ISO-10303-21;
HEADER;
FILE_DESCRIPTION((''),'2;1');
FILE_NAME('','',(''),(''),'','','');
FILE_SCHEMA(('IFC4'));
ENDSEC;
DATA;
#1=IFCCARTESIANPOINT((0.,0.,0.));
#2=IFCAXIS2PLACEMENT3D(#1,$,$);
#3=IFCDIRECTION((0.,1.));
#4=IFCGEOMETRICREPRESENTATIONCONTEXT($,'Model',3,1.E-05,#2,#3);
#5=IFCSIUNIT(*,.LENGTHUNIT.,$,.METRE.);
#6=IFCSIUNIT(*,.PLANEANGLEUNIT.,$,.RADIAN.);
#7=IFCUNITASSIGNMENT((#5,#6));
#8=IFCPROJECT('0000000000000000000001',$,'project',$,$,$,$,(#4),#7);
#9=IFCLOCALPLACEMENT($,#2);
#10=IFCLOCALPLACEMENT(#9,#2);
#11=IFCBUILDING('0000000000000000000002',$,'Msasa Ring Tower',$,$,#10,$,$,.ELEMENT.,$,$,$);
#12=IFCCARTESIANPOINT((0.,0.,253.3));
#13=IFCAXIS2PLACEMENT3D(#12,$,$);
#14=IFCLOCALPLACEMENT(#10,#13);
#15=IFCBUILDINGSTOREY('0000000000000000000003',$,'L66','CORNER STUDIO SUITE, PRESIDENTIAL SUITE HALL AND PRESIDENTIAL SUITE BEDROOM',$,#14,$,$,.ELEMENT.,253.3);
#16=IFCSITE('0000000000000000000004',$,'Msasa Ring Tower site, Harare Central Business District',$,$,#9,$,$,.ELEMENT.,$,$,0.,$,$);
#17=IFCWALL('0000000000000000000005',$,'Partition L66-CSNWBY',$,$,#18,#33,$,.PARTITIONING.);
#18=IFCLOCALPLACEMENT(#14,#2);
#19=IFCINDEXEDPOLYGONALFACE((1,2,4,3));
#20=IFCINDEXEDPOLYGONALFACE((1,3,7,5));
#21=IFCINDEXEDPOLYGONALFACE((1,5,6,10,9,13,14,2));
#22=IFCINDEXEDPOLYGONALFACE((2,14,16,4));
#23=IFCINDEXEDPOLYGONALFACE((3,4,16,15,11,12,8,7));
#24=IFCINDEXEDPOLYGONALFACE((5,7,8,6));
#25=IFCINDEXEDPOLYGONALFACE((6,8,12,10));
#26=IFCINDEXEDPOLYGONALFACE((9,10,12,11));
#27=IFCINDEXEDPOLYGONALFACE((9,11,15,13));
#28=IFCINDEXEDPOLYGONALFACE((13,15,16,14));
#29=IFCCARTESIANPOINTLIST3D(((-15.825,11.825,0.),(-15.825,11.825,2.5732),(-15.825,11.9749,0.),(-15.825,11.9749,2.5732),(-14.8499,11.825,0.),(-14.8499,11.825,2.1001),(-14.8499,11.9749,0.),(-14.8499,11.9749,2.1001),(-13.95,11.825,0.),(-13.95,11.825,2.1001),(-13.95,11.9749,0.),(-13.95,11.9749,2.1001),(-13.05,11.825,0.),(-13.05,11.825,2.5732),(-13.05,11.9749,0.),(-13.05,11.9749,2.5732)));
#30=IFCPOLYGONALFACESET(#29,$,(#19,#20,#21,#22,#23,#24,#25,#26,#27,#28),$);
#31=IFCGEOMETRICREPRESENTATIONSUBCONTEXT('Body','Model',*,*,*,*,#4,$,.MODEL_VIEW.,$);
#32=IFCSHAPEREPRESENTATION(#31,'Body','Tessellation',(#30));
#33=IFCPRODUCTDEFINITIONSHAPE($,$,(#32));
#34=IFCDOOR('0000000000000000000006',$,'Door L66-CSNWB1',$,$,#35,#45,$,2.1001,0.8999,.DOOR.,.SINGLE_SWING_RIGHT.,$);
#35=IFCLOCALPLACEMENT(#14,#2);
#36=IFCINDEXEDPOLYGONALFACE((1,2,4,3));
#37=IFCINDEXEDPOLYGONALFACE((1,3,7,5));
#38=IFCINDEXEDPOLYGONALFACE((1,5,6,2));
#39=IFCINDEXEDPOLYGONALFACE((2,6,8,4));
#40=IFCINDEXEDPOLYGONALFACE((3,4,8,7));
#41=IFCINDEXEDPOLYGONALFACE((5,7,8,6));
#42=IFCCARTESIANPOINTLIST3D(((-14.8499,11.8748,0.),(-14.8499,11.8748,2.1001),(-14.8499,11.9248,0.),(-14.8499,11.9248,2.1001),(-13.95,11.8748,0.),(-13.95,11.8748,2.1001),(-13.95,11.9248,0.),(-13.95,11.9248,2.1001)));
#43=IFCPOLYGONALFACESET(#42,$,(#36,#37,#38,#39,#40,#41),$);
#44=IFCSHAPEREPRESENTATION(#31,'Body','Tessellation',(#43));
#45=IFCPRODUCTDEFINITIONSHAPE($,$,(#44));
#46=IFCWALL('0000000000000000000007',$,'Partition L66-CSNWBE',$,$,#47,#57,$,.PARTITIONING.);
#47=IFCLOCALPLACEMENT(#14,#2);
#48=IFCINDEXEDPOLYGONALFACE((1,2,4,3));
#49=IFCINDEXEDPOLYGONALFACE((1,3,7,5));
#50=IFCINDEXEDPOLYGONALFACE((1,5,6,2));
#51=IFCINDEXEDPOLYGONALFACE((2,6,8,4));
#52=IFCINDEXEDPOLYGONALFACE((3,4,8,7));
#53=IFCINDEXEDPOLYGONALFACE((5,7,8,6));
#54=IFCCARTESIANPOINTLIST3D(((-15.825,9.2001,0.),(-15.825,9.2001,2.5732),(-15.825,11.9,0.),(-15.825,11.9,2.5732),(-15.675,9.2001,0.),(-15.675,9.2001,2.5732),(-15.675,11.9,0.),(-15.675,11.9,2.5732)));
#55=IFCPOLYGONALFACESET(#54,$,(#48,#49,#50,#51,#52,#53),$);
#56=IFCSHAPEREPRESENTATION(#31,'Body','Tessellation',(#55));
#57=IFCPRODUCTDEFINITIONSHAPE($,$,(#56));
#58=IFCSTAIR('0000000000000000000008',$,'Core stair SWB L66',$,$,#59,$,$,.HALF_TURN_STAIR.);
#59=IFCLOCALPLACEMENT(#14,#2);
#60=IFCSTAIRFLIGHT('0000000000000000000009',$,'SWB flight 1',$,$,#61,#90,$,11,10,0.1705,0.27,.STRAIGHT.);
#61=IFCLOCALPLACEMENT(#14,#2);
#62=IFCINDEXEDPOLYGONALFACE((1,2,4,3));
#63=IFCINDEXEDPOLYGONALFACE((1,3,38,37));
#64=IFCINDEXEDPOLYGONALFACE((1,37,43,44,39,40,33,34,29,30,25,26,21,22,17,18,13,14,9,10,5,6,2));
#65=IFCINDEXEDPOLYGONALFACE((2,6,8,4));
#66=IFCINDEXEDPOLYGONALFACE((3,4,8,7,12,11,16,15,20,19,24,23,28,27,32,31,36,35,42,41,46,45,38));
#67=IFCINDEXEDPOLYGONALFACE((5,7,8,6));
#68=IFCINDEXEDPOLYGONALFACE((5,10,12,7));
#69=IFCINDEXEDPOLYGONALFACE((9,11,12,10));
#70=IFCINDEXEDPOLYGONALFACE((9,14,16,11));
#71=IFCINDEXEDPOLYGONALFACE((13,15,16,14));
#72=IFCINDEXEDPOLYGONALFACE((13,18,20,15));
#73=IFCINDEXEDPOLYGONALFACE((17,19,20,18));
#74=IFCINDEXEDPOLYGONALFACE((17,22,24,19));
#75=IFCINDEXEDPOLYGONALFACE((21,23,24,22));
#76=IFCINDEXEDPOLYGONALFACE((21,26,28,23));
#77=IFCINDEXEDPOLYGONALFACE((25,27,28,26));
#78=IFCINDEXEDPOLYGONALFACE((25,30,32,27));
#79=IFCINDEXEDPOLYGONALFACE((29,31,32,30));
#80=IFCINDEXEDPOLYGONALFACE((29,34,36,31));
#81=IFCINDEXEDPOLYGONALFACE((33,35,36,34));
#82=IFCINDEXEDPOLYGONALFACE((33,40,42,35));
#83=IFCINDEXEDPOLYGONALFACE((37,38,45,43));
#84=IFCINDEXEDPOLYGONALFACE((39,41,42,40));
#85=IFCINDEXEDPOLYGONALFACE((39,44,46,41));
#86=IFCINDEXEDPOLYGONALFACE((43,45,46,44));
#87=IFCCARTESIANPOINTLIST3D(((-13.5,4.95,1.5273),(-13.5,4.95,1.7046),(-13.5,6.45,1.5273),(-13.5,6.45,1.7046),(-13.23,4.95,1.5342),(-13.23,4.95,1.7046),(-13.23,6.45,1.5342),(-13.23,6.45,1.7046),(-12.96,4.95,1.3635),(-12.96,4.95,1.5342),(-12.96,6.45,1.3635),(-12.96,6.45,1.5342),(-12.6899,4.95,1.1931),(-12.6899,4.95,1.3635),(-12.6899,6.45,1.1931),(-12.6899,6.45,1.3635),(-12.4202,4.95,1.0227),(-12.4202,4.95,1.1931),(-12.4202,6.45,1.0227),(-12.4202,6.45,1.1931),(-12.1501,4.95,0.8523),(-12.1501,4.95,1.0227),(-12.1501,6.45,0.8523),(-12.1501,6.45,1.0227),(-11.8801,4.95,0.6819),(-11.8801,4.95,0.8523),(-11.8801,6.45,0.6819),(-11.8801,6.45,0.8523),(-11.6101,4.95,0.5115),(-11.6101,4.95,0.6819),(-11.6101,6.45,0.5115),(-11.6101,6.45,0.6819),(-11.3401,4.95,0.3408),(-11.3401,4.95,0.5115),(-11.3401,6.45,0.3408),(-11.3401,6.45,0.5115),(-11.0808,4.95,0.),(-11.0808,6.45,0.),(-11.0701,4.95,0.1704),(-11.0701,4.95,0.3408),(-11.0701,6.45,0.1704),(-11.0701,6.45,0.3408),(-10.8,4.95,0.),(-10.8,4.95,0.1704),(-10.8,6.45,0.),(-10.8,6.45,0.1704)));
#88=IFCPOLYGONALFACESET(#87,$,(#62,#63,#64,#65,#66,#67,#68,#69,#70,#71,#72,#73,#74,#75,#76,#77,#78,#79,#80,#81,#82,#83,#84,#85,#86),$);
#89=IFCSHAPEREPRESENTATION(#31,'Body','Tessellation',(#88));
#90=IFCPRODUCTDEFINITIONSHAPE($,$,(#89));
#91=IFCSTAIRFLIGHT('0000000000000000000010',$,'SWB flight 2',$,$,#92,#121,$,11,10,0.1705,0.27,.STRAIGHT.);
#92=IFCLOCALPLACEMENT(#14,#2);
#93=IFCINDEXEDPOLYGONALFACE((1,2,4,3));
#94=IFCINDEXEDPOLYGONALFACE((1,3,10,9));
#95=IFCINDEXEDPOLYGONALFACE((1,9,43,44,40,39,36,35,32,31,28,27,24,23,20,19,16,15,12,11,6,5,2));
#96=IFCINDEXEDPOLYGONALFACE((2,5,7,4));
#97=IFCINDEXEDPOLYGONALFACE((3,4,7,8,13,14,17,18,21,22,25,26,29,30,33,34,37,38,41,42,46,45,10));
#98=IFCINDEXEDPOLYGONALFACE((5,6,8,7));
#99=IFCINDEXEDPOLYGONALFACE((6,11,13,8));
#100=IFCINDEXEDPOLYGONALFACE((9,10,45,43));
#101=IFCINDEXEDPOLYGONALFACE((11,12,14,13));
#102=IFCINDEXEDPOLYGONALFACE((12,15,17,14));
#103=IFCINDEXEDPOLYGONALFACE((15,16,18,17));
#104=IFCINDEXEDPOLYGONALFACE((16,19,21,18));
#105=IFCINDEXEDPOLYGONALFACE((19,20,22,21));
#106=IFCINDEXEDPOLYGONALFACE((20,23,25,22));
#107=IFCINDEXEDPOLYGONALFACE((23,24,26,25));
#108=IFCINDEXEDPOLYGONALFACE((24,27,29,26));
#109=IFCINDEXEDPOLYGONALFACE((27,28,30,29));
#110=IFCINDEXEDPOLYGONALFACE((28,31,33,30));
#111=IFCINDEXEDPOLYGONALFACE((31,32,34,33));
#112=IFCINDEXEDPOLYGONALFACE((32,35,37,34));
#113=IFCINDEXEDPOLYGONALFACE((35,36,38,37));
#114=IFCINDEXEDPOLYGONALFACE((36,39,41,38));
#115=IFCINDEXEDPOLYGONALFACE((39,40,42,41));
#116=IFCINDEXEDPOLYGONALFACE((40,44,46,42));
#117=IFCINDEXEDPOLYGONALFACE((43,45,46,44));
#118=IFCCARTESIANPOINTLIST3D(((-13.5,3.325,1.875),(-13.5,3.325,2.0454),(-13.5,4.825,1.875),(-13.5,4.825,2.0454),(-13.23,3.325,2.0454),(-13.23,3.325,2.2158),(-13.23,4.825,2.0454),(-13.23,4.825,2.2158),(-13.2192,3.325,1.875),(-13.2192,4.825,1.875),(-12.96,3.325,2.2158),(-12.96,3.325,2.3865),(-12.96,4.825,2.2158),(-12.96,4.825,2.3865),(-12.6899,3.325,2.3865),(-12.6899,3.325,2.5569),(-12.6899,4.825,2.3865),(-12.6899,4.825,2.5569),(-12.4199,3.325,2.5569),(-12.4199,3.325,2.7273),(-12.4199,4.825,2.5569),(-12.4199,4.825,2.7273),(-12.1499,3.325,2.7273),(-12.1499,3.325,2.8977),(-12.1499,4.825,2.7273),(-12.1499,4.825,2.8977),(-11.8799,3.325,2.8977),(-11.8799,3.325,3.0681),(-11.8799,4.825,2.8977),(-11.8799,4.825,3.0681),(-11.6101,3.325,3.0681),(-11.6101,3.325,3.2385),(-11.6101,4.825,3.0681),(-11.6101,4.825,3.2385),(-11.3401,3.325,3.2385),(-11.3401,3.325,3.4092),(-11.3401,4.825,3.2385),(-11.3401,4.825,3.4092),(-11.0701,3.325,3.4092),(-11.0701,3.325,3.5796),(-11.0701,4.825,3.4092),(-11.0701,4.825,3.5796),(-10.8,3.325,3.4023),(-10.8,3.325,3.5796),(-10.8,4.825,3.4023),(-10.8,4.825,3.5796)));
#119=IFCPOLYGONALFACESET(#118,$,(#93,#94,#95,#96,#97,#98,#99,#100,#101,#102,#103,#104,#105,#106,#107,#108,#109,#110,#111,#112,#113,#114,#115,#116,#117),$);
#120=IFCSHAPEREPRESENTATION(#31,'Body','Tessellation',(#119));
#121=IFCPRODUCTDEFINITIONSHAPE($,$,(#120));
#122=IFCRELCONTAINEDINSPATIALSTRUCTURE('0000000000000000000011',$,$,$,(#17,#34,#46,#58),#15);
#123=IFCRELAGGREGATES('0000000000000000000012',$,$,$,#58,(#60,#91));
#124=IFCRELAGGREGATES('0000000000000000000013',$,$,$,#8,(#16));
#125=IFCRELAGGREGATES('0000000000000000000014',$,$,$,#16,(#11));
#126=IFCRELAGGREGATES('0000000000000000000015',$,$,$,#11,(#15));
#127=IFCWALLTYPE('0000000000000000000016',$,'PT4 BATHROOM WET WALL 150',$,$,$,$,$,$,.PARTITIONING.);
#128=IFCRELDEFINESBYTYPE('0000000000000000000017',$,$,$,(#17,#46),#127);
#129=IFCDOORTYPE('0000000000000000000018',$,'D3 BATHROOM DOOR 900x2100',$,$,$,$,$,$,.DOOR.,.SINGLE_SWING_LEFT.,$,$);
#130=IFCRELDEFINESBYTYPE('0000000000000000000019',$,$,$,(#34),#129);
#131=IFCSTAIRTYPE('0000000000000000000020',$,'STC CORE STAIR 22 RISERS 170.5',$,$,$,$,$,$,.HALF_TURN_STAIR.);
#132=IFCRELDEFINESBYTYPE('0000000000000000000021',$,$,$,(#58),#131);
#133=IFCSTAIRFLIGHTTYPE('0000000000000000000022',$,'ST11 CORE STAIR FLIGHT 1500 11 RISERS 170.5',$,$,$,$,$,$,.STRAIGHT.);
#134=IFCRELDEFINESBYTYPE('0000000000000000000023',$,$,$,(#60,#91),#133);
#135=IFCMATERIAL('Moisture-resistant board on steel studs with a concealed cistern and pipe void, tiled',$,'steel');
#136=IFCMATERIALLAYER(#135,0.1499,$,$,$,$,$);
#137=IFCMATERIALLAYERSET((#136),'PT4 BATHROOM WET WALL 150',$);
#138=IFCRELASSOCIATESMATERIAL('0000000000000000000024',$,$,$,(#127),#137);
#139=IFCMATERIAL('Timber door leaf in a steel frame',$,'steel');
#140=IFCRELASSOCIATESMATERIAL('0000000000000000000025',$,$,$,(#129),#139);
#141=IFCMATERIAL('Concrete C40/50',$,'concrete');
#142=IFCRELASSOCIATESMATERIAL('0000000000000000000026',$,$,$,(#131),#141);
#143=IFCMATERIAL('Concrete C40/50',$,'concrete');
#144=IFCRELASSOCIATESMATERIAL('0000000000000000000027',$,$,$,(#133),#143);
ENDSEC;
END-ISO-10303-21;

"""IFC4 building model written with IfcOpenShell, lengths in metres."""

from ifc_helpers import new_model, si_unit, direction, frame, frame_2d, origin, place, context, subcontext, project, spatial, polyline, rectangle, outline, extrude, material, layer, layer_set, type_object, element, fill, aggregate, save


model = new_model("IFC4")

# Units and contexts
model_context = context("Model", 3, precision=1e-05, world=origin(), true_north=direction((0.0, 1.0)))
body_context = subcontext(model_context, "Body", "Model", "MODEL_VIEW")
ifc_project = project(units=[si_unit("LENGTHUNIT", "METRE"), si_unit("PLANEANGLEUNIT", "RADIAN")], contexts=[model_context])

# Site, building, storey
site_placement = place(None, origin())
site = spatial("IfcSite", under=ifc_project, at=site_placement, Name="Msasa Ring Tower site, Harare Central Business District", CompositionType="ELEMENT", RefElevation=0.0)
building_placement = place(site_placement, origin())
building = spatial("IfcBuilding", under=site, at=building_placement, Name="Msasa Ring Tower", CompositionType="ELEMENT")
storey_placement = place(building_placement, frame((0.0, 0.0, 253.3)))
storey = spatial("IfcBuildingStorey", under=building, at=storey_placement, Name="L66", Description="CORNER STUDIO SUITE, PRESIDENTIAL SUITE HALL AND PRESIDENTIAL SUITE BEDROOM", CompositionType="ELEMENT", Elevation=253.3)

# Shared definitions
ifc_material_1 = material(Name="Moisture-resistant board on steel studs with a concealed cistern and pipe void, tiled", Category="steel")
ifc_layer_1 = layer(ifc_material_1, 0.1499)
ifc_layer_set_1 = layer_set([ifc_layer_1], Name="PT4 BATHROOM WET WALL 150")
wall_type_1 = type_object("IfcWallType", Name="PT4 BATHROOM WET WALL 150", PredefinedType="PARTITIONING", material=ifc_layer_set_1)

# Wall, opening, door
wall_1_placement = place(storey_placement, frame((-15.825, 11.8999, 0.0), z_axis=(0.0, 0.0, 1.0), x_axis=(1.0, 0.0, 0.0)))
wall_1 = element("IfcWall", 1, at=wall_1_placement, inside=storey, type_object=wall_type_1, Name="Partition L66-CSNWBY", PredefinedType="PARTITIONING", context=body_context, shape_type="SweptSolid", body=[
    extrude(rectangle(XDim=2.7749, YDim=0.1499, at=frame_2d((1.3875, 0.0))), origin(), (0.0, 0.0, 1.0), 2.5732),
])
opening_1_placement = place(wall_1_placement, frame((0.9751, 0.0, 0.0)))
opening_1 = element("IfcOpeningElement", 2, at=opening_1_placement, cuts=wall_1, PredefinedType="OPENING", context=body_context, shape_type="SweptSolid", body=[
    extrude(rectangle(XDim=0.8999, YDim=2.1001, at=frame_2d((0.45, 1.05))), frame((0.0, 0.085, 0.0), z_axis=(0.0, -1.0, 0.0), x_axis=(1.0, 0.0, 0.0)), (0.0, 0.0, 1.0), 0.1699),
])
ifc_material_2 = material(Name="Timber door leaf in a steel frame", Category="steel")
door_type_1 = type_object("IfcDoorType", Name="D3 BATHROOM DOOR 900x2100", OperationType="SINGLE_SWING_LEFT", PredefinedType="DOOR", material=ifc_material_2)
door_1_placement = place(opening_1_placement, origin())
door_1 = element("IfcDoor", 3, at=door_1_placement, inside=storey, type_object=door_type_1, Name="Door L66-CSNWB1", OperationType="SINGLE_SWING_RIGHT", OverallHeight=2.1001, OverallWidth=0.8999, PredefinedType="DOOR", context=body_context, shape_type="SweptSolid", body=[
    extrude(rectangle(XDim=0.8999, YDim=2.1001, at=frame_2d((0.45, 1.05))), frame((0.0, 0.0249, 0.0), z_axis=(0.0, -1.0, 0.0), x_axis=(1.0, 0.0, 0.0)), (0.0, 0.0, 1.0), 0.05),
])
fill(opening_1, door_1)

# Wall
wall_2_placement = place(storey_placement, frame((-15.75, 9.2, 0.0), z_axis=(0.0, 0.0, 1.0), x_axis=(0.0, 1.0, 0.0)))
element("IfcWall", 4, at=wall_2_placement, inside=storey, type_object=wall_type_1, Name="Partition L66-CSNWBE", PredefinedType="PARTITIONING", context=body_context, shape_type="SweptSolid", body=[
    extrude(rectangle(XDim=2.7, YDim=0.1499, at=frame_2d((1.3501, 0.0))), origin(), (0.0, 0.0, 1.0), 2.5732),
])

# Stair, stair flights
ifc_material_3 = material(Name="Concrete C40/50", Category="concrete")
stair_type = type_object("IfcStairType", Name="STC CORE STAIR 22 RISERS 170.5", PredefinedType="HALF_TURN_STAIR", material=ifc_material_3)
stair_placement = place(storey_placement, origin())
stair = element("IfcStair", 5, at=stair_placement, inside=storey, type_object=stair_type, Name="Core stair SWB L66", PredefinedType="HALF_TURN_STAIR")
ifc_material_4 = material(Name="Concrete C40/50", Category="concrete")
stair_flight_type = type_object("IfcStairFlightType", Name="ST11 CORE STAIR FLIGHT 1500 11 RISERS 170.5", PredefinedType="STRAIGHT", material=ifc_material_4)
stair_flight_1_placement = place(storey_placement, frame((-10.8, 5.7, 0.0), z_axis=(0.0, 0.0, 1.0), x_axis=(-1.0, 0.0, 0.0)))
stair_flight_1 = element("IfcStairFlight", 6, at=stair_flight_1_placement, type_object=stair_flight_type, Name="SWB flight 1", NumberOfRisers=11, NumberOfTreads=10, PredefinedType="STRAIGHT", RiserHeight=0.1705, TreadLength=0.27, context=body_context, shape_type="SweptSolid", body=[
    extrude(outline(polyline([(0.0, 0.0), (0.0, 0.1704), (0.27, 0.1704), (0.27, 0.3408), (0.54, 0.3408), (0.54, 0.5115), (0.8101, 0.5115), (0.8101, 0.6819), (1.0801, 0.6819), (1.0801, 0.8523), (1.3501, 0.8523), (1.3501, 1.0227), (1.6201, 1.0227), (1.6201, 1.1931), (1.8899, 1.1931), (1.8899, 1.3635), (2.1599, 1.3635), (2.1599, 1.5342), (2.4299, 1.5342), (2.4299, 1.7046), (2.7, 1.7046), (2.7, 1.875), (2.7, 1.5273), (0.2808, 0.0), (0.0, 0.0)])), frame((0.0, 0.75, 0.0), z_axis=(0.0, -1.0, 0.0), x_axis=(1.0, 0.0, 0.0)), (0.0, 0.0, 1.0), 1.5),
])
stair_flight_2_placement = place(storey_placement, frame((-13.5, 4.075, 1.875), z_axis=(0.0, 0.0, 1.0), x_axis=(1.0, 0.0, 0.0)))
stair_flight_2 = element("IfcStairFlight", 7, at=stair_flight_2_placement, type_object=stair_flight_type, Name="SWB flight 2", NumberOfRisers=11, NumberOfTreads=10, PredefinedType="STRAIGHT", RiserHeight=0.1705, TreadLength=0.27, context=body_context, shape_type="SweptSolid", body=[
    extrude(outline(polyline([(0.0, 0.0), (0.0, 0.1704), (0.27, 0.1704), (0.27, 0.3408), (0.54, 0.3408), (0.54, 0.5115), (0.8101, 0.5115), (0.8101, 0.6819), (1.0801, 0.6819), (1.0801, 0.8523), (1.3501, 0.8523), (1.3501, 1.0227), (1.6201, 1.0227), (1.6201, 1.1931), (1.8899, 1.1931), (1.8899, 1.3635), (2.1599, 1.3635), (2.1599, 1.5342), (2.4299, 1.5342), (2.4299, 1.7046), (2.7, 1.7046), (2.7, 1.875), (2.7, 1.5273), (0.2808, 0.0), (0.0, 0.0)])), frame((0.0, 0.75, 0.0), z_axis=(0.0, -1.0, 0.0), x_axis=(1.0, 0.0, 0.0)), (0.0, 0.0, 1.0), 1.5),
])
aggregate(stair, [stair_flight_1, stair_flight_2])

save(model, "model.ifc")
